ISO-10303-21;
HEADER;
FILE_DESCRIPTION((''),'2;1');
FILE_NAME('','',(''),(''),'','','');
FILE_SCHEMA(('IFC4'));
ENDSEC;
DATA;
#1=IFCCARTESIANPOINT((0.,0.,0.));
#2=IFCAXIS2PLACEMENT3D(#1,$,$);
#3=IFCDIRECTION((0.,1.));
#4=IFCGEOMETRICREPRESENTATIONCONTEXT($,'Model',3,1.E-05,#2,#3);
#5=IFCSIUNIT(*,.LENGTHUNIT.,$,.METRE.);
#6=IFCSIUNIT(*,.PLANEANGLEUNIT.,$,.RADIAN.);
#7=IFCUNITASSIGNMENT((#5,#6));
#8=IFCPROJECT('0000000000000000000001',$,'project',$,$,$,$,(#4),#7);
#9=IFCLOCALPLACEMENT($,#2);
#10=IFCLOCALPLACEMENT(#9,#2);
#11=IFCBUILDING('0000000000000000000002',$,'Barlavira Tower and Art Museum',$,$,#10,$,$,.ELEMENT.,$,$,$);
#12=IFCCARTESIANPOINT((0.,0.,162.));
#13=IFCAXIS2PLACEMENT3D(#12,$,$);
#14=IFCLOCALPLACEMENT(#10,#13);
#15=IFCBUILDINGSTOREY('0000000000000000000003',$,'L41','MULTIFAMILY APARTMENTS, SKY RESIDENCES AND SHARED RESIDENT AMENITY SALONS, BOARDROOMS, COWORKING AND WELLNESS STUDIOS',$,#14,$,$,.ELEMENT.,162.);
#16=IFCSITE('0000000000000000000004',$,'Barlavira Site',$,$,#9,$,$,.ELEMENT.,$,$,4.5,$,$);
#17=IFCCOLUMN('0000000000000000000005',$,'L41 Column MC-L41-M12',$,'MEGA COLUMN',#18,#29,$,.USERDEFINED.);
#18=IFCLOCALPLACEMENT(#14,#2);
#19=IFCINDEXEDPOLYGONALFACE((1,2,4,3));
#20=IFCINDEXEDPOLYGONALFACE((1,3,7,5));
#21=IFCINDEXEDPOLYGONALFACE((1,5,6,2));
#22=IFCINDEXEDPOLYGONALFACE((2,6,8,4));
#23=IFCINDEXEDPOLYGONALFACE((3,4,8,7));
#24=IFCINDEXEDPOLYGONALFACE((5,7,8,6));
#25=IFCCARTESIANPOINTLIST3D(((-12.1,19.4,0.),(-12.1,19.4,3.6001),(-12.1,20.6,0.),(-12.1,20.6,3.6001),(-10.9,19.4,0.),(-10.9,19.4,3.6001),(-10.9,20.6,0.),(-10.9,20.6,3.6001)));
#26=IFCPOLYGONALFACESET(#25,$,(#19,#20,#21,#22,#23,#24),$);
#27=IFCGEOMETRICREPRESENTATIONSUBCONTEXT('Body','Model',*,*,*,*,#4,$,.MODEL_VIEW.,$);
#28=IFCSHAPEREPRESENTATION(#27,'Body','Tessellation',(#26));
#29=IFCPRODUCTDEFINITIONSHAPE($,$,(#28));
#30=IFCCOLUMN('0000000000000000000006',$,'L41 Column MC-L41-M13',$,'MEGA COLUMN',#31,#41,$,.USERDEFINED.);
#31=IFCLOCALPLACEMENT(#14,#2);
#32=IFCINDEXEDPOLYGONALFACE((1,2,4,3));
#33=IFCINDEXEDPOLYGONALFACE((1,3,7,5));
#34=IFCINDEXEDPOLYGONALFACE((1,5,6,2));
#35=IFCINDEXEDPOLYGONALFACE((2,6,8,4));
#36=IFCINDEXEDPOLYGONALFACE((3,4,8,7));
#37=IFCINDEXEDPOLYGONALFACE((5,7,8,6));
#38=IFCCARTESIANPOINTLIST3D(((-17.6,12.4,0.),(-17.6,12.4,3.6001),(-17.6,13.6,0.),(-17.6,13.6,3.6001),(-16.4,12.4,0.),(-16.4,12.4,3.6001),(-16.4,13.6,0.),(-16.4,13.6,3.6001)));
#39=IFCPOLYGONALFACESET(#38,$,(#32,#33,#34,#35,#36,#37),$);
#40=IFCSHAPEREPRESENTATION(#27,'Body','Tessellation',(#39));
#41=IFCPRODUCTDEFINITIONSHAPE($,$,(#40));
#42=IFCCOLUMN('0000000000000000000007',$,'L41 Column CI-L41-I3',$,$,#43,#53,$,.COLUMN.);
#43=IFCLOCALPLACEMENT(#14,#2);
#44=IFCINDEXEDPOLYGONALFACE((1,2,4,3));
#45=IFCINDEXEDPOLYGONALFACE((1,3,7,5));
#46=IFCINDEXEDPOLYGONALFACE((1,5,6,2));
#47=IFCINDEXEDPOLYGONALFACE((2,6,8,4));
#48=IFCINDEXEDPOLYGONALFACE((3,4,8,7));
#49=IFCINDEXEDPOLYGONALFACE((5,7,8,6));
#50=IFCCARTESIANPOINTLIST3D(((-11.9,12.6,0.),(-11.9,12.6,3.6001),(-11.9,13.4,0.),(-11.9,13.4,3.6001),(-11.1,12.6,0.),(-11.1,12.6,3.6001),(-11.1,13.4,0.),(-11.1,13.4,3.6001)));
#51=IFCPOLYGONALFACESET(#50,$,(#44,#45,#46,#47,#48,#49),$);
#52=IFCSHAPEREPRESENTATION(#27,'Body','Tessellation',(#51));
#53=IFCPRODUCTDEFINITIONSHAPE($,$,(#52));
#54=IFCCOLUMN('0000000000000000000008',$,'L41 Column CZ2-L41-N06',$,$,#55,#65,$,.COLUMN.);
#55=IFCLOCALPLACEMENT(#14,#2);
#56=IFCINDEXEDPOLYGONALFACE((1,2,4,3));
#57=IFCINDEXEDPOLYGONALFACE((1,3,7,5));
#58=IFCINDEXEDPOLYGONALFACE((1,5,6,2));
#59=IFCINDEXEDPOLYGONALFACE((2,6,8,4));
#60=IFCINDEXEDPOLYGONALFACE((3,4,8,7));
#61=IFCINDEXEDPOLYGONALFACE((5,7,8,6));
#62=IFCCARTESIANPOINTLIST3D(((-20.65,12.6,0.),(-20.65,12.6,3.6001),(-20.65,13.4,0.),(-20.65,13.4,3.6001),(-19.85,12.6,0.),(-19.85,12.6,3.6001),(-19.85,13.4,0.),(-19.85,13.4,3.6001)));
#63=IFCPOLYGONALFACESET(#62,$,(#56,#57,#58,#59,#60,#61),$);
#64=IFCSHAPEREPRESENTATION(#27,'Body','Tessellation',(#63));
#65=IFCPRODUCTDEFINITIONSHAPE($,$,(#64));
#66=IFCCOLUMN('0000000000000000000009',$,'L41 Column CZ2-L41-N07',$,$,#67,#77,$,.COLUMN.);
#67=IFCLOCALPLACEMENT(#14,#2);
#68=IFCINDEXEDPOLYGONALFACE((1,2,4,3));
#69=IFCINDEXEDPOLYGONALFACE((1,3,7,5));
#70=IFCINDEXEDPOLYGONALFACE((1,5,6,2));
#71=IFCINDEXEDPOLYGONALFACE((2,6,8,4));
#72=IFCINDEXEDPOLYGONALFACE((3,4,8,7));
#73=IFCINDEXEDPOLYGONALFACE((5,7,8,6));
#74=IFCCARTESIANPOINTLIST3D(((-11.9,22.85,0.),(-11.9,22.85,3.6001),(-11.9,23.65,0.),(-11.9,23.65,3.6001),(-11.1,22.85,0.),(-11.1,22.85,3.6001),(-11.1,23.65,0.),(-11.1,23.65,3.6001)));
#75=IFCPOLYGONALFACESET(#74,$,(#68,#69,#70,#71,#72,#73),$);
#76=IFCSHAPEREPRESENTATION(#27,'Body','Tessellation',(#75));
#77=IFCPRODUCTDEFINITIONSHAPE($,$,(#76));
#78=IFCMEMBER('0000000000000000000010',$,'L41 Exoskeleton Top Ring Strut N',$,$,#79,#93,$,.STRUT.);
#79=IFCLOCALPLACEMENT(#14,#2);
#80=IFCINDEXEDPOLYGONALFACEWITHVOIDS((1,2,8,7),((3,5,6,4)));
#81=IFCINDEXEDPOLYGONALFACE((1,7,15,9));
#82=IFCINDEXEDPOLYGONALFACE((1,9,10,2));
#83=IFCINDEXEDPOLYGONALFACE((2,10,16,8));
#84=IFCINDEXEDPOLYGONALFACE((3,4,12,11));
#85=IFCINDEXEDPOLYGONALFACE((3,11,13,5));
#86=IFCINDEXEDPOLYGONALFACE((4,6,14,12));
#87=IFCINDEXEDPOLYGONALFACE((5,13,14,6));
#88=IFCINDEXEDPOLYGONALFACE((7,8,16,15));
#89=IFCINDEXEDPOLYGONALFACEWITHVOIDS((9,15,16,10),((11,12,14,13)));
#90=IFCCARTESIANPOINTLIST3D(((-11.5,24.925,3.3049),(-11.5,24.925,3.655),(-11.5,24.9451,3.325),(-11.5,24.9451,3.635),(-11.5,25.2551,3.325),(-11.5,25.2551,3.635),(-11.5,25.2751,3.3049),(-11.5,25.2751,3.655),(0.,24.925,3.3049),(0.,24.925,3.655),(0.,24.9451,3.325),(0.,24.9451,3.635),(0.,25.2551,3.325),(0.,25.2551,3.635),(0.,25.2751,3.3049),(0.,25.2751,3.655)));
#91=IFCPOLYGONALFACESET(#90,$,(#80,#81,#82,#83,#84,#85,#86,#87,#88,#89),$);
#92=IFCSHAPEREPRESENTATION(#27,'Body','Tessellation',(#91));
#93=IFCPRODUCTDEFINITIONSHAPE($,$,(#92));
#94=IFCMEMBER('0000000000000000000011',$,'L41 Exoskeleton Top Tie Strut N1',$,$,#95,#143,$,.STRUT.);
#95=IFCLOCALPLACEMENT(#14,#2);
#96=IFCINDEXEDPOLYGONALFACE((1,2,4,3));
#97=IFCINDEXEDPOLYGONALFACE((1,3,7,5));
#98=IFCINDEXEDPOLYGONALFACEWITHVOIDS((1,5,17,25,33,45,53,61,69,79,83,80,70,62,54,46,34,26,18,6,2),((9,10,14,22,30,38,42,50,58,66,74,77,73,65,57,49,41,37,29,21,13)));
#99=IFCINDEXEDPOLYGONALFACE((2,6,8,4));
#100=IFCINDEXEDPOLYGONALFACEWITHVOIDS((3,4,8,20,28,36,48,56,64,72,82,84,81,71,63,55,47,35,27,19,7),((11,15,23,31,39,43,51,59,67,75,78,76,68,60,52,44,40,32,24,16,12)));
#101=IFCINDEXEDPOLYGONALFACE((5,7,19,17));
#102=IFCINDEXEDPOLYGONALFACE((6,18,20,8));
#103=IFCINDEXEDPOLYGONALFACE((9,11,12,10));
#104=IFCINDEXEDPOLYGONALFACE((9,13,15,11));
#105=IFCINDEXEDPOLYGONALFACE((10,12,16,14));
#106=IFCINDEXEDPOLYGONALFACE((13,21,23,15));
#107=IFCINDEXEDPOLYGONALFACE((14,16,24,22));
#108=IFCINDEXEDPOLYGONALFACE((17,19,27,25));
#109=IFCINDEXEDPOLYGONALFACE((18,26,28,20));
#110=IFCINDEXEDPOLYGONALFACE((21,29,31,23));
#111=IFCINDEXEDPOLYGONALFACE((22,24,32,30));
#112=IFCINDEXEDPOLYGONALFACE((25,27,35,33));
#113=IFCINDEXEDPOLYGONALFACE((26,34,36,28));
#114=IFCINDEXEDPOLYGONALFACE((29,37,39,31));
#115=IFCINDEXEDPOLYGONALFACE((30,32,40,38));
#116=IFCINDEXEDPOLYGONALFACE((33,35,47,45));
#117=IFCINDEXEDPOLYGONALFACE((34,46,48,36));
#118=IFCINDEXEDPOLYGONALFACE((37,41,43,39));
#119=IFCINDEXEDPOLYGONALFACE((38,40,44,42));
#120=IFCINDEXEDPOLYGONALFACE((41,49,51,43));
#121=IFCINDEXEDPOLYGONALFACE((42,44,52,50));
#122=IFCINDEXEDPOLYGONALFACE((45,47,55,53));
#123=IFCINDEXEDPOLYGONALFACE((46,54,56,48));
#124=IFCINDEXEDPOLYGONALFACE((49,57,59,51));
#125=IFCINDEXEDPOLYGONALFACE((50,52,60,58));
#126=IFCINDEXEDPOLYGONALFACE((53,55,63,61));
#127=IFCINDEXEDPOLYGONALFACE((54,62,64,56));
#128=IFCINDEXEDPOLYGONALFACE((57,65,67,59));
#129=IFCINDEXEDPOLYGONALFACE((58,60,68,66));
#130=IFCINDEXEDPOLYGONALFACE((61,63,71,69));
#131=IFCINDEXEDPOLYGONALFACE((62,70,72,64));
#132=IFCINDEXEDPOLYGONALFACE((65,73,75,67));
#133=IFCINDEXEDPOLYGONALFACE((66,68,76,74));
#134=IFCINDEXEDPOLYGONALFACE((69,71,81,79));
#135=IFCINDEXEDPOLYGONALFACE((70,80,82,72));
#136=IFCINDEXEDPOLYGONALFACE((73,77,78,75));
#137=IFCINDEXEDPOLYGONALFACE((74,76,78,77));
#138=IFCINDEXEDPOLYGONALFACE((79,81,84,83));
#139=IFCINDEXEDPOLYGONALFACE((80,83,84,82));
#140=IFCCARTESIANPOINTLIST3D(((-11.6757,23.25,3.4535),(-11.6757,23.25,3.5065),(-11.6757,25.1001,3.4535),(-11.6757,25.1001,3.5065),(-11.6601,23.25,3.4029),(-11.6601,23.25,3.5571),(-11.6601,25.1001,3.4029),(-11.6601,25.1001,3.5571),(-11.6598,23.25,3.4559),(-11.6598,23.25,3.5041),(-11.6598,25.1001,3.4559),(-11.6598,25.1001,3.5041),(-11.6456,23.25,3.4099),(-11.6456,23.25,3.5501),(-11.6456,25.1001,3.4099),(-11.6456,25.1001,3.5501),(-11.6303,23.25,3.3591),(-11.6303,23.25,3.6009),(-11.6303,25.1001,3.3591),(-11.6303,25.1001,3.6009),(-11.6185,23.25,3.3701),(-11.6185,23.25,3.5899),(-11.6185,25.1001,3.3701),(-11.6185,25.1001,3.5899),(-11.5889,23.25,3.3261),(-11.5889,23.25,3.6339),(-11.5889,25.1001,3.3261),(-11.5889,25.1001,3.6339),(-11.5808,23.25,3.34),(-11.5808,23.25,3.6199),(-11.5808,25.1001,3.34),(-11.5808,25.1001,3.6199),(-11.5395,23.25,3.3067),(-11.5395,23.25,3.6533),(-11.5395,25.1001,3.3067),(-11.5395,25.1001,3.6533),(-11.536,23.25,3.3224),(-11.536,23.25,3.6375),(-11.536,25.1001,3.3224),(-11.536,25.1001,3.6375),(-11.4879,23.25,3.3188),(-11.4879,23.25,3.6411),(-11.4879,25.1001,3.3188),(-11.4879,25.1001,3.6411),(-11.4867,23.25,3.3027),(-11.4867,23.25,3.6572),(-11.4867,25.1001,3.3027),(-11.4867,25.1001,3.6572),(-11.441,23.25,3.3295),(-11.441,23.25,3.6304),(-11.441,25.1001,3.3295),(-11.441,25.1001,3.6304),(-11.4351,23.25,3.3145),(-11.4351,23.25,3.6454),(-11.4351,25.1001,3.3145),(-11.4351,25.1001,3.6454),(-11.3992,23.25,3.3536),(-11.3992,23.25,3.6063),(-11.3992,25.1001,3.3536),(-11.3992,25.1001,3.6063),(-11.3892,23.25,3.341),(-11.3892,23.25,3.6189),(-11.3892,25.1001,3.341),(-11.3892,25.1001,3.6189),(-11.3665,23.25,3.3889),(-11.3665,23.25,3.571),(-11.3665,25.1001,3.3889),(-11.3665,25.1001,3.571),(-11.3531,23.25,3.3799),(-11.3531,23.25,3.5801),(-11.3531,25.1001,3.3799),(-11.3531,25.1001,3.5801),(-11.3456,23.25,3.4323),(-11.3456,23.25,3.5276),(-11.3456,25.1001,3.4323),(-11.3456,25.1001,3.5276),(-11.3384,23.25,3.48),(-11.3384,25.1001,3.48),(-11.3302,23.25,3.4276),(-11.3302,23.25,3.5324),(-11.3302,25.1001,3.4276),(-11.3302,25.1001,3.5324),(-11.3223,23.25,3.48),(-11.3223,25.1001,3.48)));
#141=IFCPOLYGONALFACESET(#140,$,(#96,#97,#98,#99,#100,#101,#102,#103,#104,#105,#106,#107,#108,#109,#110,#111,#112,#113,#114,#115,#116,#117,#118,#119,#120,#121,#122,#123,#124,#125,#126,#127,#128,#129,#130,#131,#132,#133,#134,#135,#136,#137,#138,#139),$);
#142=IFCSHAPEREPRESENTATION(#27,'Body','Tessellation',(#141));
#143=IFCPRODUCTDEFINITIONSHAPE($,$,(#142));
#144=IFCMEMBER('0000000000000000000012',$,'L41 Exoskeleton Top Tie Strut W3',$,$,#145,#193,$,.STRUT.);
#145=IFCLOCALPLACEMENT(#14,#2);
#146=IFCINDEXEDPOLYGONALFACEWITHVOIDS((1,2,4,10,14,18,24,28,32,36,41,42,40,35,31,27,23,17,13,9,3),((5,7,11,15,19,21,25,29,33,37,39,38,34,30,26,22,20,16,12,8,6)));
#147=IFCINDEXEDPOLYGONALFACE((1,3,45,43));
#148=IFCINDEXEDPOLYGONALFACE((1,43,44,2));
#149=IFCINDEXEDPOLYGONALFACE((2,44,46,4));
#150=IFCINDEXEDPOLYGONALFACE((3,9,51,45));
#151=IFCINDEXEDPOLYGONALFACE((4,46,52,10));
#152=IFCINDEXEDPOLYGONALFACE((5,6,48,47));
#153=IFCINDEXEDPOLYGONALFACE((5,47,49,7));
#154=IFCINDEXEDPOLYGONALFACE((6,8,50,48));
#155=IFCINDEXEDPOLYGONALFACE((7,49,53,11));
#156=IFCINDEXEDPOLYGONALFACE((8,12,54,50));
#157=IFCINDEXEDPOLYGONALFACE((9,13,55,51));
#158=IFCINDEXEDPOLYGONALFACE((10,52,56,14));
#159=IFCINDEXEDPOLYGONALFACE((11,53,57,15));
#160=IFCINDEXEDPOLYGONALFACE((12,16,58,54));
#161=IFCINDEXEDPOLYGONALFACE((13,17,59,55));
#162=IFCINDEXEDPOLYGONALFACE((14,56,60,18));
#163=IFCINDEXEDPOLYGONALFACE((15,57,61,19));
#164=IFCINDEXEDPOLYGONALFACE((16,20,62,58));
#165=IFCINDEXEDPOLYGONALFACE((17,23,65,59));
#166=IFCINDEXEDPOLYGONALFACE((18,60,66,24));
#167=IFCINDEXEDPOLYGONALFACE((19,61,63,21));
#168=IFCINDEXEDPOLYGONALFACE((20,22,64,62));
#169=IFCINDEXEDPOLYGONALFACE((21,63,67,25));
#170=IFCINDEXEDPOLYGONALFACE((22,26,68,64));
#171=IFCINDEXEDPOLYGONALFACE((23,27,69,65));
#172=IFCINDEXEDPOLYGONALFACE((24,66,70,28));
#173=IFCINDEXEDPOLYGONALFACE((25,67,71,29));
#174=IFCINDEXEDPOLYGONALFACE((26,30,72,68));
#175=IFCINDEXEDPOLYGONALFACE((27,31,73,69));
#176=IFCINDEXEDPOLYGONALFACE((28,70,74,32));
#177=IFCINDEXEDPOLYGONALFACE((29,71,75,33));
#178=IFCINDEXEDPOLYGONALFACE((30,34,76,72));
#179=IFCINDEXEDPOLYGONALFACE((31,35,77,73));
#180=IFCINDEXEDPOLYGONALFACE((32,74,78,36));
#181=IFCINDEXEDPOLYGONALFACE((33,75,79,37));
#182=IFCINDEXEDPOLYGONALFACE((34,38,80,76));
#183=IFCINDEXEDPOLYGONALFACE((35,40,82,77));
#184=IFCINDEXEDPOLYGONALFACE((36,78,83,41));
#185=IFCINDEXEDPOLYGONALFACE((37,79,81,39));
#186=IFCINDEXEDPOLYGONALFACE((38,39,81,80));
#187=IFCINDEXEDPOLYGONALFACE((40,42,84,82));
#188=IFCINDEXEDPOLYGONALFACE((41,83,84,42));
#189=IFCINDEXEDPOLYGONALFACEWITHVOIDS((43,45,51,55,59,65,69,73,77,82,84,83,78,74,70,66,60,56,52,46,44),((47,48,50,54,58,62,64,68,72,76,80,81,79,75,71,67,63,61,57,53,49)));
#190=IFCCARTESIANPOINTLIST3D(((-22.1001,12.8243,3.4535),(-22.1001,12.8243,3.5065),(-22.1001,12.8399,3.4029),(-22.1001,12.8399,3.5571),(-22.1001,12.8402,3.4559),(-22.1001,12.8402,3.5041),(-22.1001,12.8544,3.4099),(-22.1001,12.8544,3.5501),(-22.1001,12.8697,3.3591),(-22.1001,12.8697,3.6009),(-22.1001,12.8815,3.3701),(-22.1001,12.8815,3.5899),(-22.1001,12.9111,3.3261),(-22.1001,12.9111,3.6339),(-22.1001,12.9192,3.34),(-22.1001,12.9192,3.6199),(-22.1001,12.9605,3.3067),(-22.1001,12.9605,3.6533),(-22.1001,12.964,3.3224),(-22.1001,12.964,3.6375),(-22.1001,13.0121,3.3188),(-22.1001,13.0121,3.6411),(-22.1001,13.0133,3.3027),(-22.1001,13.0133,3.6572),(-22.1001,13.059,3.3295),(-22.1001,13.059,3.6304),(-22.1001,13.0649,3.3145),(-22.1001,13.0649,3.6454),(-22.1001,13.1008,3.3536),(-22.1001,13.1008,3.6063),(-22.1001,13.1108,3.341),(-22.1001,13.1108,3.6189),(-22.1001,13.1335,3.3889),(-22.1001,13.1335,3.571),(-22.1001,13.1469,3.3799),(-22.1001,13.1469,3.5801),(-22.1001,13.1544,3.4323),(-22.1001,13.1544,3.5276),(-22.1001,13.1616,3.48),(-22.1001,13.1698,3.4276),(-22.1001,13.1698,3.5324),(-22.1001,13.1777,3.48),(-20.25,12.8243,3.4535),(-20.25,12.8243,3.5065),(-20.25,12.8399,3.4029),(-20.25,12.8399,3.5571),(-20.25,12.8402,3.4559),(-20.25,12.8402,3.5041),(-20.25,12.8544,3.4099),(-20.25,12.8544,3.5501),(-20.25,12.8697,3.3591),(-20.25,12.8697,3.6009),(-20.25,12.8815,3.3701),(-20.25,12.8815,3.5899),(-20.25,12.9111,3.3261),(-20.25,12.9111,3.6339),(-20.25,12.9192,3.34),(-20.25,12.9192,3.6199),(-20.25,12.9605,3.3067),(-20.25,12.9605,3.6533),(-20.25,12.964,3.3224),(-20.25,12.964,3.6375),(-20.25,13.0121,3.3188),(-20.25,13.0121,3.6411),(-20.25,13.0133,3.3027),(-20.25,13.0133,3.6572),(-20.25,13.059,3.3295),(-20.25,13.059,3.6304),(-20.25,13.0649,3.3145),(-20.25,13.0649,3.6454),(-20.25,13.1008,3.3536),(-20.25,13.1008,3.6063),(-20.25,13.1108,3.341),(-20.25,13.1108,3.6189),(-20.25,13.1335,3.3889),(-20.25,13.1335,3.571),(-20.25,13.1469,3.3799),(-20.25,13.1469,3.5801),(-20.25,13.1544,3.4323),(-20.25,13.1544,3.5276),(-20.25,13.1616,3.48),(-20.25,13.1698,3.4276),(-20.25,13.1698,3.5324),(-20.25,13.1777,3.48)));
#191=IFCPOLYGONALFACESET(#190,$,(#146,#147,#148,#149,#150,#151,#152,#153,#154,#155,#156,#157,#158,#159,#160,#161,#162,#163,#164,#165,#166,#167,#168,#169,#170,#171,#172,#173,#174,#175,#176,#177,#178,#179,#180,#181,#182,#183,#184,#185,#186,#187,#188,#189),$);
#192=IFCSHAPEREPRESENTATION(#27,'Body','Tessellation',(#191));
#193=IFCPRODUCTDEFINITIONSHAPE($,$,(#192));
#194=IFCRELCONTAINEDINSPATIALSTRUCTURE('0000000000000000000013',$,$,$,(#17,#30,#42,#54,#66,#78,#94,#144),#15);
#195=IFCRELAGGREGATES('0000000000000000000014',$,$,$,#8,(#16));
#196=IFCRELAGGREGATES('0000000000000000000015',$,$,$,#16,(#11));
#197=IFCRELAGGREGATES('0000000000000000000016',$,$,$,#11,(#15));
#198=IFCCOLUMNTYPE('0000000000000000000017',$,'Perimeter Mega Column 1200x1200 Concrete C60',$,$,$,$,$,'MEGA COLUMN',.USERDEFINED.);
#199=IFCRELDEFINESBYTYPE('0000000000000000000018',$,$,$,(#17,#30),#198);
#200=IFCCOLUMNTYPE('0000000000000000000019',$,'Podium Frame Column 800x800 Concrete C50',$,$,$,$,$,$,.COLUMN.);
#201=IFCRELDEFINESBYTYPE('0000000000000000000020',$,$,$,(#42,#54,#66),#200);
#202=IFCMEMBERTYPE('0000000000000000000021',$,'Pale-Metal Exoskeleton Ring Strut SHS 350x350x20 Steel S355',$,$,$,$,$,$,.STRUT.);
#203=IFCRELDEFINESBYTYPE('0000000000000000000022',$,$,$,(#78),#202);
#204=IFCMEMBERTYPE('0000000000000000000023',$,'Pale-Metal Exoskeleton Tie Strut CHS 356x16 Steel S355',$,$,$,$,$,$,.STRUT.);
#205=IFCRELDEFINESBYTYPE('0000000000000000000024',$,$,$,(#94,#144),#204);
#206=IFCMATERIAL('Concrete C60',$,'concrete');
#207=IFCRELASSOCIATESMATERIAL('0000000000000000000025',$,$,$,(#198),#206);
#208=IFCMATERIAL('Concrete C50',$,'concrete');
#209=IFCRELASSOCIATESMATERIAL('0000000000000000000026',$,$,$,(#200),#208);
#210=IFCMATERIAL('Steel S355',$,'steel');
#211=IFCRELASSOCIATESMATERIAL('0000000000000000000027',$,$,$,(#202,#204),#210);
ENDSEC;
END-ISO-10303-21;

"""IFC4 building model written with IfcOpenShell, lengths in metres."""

from ifc_helpers import new_model, si_unit, direction, frame, origin, origin_2d, place, context, subcontext, project, spatial, rectangle, hollow_rectangle, hollow_circle, extrude, material, material_profile, profile_set, type_object, element, save


model = new_model("IFC4")

# Units and contexts
model_context = context("Model", 3, precision=1e-05, world=origin(), true_north=direction((0.0, 1.0)))
body_context = subcontext(model_context, "Body", "Model", "MODEL_VIEW")
ifc_project = project(units=[si_unit("LENGTHUNIT", "METRE"), si_unit("PLANEANGLEUNIT", "RADIAN")], contexts=[model_context])

# Site, building, storey
site_placement = place(None, origin())
site = spatial("IfcSite", under=ifc_project, at=site_placement, Name="Barlavira Site", CompositionType="ELEMENT", RefElevation=4.5)
building_placement = place(site_placement, origin())
building = spatial("IfcBuilding", under=site, at=building_placement, Name="Barlavira Tower and Art Museum", CompositionType="ELEMENT")
storey_placement = place(building_placement, frame((0.0, 0.0, 162.0)))
storey = spatial("IfcBuildingStorey", under=building, at=storey_placement, Name="L41", Description="MULTIFAMILY APARTMENTS, SKY RESIDENCES AND SHARED RESIDENT AMENITY SALONS, BOARDROOMS, COWORKING AND WELLNESS STUDIOS", CompositionType="ELEMENT", Elevation=162.0)

# Columns
ifc_material_1 = material(Name="Concrete C60", Category="concrete")
ifc_material_profile_1 = material_profile(ifc_material_1, rectangle(XDim=1.2, YDim=1.2, at=origin_2d()), Name="RC-COL 1200x1200")
ifc_profile_set_1 = profile_set([ifc_material_profile_1], Name="Concrete C60")
column_type_1 = type_object("IfcColumnType", Name="Perimeter Mega Column 1200x1200 Concrete C60", ElementType="MEGA COLUMN", PredefinedType="USERDEFINED", material=ifc_profile_set_1)
for number, where, z_axis, x_axis, name in (
    (1, (-11.5, 20.0, 0.0), (0.0, 0.0, 1.0), (1.0, 0.0, 0.0), "L41 Column MC-L41-M12"),
    (2, (-17.0, 13.0, 0.0), (0.0, 0.0, 1.0), (1.0, 0.0, 0.0), "L41 Column MC-L41-M13"),
):
    element("IfcColumn", number, at=place(storey_placement, frame(where, z_axis=z_axis, x_axis=x_axis)), inside=storey, type_object=column_type_1, Name=name, ObjectType="MEGA COLUMN", PredefinedType="USERDEFINED", context=body_context, shape_type="SweptSolid", body=[
        extrude(rectangle(XDim=1.2, YDim=1.2, at=origin_2d()), origin(), (0.0, 0.0, 1.0), 3.6001),
    ])
ifc_material_2 = material(Name="Concrete C50", Category="concrete")
ifc_material_profile_2 = material_profile(ifc_material_2, rectangle(XDim=0.8, YDim=0.8, at=origin_2d()), Name="RC-COL 800x800")
ifc_profile_set_2 = profile_set([ifc_material_profile_2], Name="Concrete C50")
column_type_2 = type_object("IfcColumnType", Name="Podium Frame Column 800x800 Concrete C50", PredefinedType="COLUMN", material=ifc_profile_set_2)
for number, where, z_axis, x_axis, name in (
    (3, (-11.5, 13.0, 0.0), (0.0, 0.0, 1.0), (1.0, 0.0, 0.0), "L41 Column CI-L41-I3"),
    (4, (-20.25, 13.0, 0.0), (0.0, 0.0, 1.0), (1.0, 0.0, 0.0), "L41 Column CZ2-L41-N06"),
    (5, (-11.5, 23.25, 0.0), (0.0, 0.0, 1.0), (1.0, 0.0, 0.0), "L41 Column CZ2-L41-N07"),
):
    element("IfcColumn", number, at=place(storey_placement, frame(where, z_axis=z_axis, x_axis=x_axis)), inside=storey, type_object=column_type_2, Name=name, PredefinedType="COLUMN", context=body_context, shape_type="SweptSolid", body=[
        extrude(rectangle(XDim=0.8, YDim=0.8, at=origin_2d()), origin(), (0.0, 0.0, 1.0), 3.6001),
    ])

# Members
ifc_material_3 = material(Name="Steel S355", Category="steel")
ifc_material_profile_3 = material_profile(ifc_material_3, hollow_rectangle(XDim=0.3501, YDim=0.3501, WallThickness=0.02, at=origin_2d()), Name="SHS 350x350x20.0")
ifc_profile_set_3 = profile_set([ifc_material_profile_3], Name="Steel S355")
member_type_1 = type_object("IfcMemberType", Name="Pale-Metal Exoskeleton Ring Strut SHS 350x350x20 Steel S355", PredefinedType="STRUT", material=ifc_profile_set_3)
member_placement = place(storey_placement, frame((-11.5, 25.1001, 3.48), z_axis=(1.0, 0.0, 0.0), x_axis=(0.0, 1.0, 0.0)))
element("IfcMember", 6, at=member_placement, inside=storey, type_object=member_type_1, Name="L41 Exoskeleton Top Ring Strut N", PredefinedType="STRUT", context=body_context, shape_type="SweptSolid", body=[
    extrude(hollow_rectangle(XDim=0.3501, YDim=0.3501, WallThickness=0.02, at=origin_2d()), origin(), (0.0, 0.0, 1.0), 11.5),
])
ifc_material_profile_4 = material_profile(ifc_material_3, hollow_circle(Radius=0.1777, WallThickness=0.0161, at=origin_2d()), Name="CHS 355.6x16.0")
ifc_profile_set_4 = profile_set([ifc_material_profile_4], Name="Steel S355")
member_type_2 = type_object("IfcMemberType", Name="Pale-Metal Exoskeleton Tie Strut CHS 356x16 Steel S355", PredefinedType="STRUT", material=ifc_profile_set_4)
for number, where, z_axis, x_axis, name in (
    (7, (-11.5, 25.1001, 3.48), (0.0, -1.0, 0.0), (1.0, 0.0, 0.0), "L41 Exoskeleton Top Tie Strut N1"),
    (8, (-22.1001, 13.0, 3.48), (1.0, 0.0, 0.0), (0.0, 1.0, 0.0), "L41 Exoskeleton Top Tie Strut W3"),
):
    element("IfcMember", number, at=place(storey_placement, frame(where, z_axis=z_axis, x_axis=x_axis)), inside=storey, type_object=member_type_2, Name=name, PredefinedType="STRUT", context=body_context, shape_type="SweptSolid", body=[
        extrude(hollow_circle(Radius=0.1777, WallThickness=0.0161, at=origin_2d()), origin(), (0.0, 0.0, 1.0), 1.8501),
    ])

save(model, "model.ifc")
